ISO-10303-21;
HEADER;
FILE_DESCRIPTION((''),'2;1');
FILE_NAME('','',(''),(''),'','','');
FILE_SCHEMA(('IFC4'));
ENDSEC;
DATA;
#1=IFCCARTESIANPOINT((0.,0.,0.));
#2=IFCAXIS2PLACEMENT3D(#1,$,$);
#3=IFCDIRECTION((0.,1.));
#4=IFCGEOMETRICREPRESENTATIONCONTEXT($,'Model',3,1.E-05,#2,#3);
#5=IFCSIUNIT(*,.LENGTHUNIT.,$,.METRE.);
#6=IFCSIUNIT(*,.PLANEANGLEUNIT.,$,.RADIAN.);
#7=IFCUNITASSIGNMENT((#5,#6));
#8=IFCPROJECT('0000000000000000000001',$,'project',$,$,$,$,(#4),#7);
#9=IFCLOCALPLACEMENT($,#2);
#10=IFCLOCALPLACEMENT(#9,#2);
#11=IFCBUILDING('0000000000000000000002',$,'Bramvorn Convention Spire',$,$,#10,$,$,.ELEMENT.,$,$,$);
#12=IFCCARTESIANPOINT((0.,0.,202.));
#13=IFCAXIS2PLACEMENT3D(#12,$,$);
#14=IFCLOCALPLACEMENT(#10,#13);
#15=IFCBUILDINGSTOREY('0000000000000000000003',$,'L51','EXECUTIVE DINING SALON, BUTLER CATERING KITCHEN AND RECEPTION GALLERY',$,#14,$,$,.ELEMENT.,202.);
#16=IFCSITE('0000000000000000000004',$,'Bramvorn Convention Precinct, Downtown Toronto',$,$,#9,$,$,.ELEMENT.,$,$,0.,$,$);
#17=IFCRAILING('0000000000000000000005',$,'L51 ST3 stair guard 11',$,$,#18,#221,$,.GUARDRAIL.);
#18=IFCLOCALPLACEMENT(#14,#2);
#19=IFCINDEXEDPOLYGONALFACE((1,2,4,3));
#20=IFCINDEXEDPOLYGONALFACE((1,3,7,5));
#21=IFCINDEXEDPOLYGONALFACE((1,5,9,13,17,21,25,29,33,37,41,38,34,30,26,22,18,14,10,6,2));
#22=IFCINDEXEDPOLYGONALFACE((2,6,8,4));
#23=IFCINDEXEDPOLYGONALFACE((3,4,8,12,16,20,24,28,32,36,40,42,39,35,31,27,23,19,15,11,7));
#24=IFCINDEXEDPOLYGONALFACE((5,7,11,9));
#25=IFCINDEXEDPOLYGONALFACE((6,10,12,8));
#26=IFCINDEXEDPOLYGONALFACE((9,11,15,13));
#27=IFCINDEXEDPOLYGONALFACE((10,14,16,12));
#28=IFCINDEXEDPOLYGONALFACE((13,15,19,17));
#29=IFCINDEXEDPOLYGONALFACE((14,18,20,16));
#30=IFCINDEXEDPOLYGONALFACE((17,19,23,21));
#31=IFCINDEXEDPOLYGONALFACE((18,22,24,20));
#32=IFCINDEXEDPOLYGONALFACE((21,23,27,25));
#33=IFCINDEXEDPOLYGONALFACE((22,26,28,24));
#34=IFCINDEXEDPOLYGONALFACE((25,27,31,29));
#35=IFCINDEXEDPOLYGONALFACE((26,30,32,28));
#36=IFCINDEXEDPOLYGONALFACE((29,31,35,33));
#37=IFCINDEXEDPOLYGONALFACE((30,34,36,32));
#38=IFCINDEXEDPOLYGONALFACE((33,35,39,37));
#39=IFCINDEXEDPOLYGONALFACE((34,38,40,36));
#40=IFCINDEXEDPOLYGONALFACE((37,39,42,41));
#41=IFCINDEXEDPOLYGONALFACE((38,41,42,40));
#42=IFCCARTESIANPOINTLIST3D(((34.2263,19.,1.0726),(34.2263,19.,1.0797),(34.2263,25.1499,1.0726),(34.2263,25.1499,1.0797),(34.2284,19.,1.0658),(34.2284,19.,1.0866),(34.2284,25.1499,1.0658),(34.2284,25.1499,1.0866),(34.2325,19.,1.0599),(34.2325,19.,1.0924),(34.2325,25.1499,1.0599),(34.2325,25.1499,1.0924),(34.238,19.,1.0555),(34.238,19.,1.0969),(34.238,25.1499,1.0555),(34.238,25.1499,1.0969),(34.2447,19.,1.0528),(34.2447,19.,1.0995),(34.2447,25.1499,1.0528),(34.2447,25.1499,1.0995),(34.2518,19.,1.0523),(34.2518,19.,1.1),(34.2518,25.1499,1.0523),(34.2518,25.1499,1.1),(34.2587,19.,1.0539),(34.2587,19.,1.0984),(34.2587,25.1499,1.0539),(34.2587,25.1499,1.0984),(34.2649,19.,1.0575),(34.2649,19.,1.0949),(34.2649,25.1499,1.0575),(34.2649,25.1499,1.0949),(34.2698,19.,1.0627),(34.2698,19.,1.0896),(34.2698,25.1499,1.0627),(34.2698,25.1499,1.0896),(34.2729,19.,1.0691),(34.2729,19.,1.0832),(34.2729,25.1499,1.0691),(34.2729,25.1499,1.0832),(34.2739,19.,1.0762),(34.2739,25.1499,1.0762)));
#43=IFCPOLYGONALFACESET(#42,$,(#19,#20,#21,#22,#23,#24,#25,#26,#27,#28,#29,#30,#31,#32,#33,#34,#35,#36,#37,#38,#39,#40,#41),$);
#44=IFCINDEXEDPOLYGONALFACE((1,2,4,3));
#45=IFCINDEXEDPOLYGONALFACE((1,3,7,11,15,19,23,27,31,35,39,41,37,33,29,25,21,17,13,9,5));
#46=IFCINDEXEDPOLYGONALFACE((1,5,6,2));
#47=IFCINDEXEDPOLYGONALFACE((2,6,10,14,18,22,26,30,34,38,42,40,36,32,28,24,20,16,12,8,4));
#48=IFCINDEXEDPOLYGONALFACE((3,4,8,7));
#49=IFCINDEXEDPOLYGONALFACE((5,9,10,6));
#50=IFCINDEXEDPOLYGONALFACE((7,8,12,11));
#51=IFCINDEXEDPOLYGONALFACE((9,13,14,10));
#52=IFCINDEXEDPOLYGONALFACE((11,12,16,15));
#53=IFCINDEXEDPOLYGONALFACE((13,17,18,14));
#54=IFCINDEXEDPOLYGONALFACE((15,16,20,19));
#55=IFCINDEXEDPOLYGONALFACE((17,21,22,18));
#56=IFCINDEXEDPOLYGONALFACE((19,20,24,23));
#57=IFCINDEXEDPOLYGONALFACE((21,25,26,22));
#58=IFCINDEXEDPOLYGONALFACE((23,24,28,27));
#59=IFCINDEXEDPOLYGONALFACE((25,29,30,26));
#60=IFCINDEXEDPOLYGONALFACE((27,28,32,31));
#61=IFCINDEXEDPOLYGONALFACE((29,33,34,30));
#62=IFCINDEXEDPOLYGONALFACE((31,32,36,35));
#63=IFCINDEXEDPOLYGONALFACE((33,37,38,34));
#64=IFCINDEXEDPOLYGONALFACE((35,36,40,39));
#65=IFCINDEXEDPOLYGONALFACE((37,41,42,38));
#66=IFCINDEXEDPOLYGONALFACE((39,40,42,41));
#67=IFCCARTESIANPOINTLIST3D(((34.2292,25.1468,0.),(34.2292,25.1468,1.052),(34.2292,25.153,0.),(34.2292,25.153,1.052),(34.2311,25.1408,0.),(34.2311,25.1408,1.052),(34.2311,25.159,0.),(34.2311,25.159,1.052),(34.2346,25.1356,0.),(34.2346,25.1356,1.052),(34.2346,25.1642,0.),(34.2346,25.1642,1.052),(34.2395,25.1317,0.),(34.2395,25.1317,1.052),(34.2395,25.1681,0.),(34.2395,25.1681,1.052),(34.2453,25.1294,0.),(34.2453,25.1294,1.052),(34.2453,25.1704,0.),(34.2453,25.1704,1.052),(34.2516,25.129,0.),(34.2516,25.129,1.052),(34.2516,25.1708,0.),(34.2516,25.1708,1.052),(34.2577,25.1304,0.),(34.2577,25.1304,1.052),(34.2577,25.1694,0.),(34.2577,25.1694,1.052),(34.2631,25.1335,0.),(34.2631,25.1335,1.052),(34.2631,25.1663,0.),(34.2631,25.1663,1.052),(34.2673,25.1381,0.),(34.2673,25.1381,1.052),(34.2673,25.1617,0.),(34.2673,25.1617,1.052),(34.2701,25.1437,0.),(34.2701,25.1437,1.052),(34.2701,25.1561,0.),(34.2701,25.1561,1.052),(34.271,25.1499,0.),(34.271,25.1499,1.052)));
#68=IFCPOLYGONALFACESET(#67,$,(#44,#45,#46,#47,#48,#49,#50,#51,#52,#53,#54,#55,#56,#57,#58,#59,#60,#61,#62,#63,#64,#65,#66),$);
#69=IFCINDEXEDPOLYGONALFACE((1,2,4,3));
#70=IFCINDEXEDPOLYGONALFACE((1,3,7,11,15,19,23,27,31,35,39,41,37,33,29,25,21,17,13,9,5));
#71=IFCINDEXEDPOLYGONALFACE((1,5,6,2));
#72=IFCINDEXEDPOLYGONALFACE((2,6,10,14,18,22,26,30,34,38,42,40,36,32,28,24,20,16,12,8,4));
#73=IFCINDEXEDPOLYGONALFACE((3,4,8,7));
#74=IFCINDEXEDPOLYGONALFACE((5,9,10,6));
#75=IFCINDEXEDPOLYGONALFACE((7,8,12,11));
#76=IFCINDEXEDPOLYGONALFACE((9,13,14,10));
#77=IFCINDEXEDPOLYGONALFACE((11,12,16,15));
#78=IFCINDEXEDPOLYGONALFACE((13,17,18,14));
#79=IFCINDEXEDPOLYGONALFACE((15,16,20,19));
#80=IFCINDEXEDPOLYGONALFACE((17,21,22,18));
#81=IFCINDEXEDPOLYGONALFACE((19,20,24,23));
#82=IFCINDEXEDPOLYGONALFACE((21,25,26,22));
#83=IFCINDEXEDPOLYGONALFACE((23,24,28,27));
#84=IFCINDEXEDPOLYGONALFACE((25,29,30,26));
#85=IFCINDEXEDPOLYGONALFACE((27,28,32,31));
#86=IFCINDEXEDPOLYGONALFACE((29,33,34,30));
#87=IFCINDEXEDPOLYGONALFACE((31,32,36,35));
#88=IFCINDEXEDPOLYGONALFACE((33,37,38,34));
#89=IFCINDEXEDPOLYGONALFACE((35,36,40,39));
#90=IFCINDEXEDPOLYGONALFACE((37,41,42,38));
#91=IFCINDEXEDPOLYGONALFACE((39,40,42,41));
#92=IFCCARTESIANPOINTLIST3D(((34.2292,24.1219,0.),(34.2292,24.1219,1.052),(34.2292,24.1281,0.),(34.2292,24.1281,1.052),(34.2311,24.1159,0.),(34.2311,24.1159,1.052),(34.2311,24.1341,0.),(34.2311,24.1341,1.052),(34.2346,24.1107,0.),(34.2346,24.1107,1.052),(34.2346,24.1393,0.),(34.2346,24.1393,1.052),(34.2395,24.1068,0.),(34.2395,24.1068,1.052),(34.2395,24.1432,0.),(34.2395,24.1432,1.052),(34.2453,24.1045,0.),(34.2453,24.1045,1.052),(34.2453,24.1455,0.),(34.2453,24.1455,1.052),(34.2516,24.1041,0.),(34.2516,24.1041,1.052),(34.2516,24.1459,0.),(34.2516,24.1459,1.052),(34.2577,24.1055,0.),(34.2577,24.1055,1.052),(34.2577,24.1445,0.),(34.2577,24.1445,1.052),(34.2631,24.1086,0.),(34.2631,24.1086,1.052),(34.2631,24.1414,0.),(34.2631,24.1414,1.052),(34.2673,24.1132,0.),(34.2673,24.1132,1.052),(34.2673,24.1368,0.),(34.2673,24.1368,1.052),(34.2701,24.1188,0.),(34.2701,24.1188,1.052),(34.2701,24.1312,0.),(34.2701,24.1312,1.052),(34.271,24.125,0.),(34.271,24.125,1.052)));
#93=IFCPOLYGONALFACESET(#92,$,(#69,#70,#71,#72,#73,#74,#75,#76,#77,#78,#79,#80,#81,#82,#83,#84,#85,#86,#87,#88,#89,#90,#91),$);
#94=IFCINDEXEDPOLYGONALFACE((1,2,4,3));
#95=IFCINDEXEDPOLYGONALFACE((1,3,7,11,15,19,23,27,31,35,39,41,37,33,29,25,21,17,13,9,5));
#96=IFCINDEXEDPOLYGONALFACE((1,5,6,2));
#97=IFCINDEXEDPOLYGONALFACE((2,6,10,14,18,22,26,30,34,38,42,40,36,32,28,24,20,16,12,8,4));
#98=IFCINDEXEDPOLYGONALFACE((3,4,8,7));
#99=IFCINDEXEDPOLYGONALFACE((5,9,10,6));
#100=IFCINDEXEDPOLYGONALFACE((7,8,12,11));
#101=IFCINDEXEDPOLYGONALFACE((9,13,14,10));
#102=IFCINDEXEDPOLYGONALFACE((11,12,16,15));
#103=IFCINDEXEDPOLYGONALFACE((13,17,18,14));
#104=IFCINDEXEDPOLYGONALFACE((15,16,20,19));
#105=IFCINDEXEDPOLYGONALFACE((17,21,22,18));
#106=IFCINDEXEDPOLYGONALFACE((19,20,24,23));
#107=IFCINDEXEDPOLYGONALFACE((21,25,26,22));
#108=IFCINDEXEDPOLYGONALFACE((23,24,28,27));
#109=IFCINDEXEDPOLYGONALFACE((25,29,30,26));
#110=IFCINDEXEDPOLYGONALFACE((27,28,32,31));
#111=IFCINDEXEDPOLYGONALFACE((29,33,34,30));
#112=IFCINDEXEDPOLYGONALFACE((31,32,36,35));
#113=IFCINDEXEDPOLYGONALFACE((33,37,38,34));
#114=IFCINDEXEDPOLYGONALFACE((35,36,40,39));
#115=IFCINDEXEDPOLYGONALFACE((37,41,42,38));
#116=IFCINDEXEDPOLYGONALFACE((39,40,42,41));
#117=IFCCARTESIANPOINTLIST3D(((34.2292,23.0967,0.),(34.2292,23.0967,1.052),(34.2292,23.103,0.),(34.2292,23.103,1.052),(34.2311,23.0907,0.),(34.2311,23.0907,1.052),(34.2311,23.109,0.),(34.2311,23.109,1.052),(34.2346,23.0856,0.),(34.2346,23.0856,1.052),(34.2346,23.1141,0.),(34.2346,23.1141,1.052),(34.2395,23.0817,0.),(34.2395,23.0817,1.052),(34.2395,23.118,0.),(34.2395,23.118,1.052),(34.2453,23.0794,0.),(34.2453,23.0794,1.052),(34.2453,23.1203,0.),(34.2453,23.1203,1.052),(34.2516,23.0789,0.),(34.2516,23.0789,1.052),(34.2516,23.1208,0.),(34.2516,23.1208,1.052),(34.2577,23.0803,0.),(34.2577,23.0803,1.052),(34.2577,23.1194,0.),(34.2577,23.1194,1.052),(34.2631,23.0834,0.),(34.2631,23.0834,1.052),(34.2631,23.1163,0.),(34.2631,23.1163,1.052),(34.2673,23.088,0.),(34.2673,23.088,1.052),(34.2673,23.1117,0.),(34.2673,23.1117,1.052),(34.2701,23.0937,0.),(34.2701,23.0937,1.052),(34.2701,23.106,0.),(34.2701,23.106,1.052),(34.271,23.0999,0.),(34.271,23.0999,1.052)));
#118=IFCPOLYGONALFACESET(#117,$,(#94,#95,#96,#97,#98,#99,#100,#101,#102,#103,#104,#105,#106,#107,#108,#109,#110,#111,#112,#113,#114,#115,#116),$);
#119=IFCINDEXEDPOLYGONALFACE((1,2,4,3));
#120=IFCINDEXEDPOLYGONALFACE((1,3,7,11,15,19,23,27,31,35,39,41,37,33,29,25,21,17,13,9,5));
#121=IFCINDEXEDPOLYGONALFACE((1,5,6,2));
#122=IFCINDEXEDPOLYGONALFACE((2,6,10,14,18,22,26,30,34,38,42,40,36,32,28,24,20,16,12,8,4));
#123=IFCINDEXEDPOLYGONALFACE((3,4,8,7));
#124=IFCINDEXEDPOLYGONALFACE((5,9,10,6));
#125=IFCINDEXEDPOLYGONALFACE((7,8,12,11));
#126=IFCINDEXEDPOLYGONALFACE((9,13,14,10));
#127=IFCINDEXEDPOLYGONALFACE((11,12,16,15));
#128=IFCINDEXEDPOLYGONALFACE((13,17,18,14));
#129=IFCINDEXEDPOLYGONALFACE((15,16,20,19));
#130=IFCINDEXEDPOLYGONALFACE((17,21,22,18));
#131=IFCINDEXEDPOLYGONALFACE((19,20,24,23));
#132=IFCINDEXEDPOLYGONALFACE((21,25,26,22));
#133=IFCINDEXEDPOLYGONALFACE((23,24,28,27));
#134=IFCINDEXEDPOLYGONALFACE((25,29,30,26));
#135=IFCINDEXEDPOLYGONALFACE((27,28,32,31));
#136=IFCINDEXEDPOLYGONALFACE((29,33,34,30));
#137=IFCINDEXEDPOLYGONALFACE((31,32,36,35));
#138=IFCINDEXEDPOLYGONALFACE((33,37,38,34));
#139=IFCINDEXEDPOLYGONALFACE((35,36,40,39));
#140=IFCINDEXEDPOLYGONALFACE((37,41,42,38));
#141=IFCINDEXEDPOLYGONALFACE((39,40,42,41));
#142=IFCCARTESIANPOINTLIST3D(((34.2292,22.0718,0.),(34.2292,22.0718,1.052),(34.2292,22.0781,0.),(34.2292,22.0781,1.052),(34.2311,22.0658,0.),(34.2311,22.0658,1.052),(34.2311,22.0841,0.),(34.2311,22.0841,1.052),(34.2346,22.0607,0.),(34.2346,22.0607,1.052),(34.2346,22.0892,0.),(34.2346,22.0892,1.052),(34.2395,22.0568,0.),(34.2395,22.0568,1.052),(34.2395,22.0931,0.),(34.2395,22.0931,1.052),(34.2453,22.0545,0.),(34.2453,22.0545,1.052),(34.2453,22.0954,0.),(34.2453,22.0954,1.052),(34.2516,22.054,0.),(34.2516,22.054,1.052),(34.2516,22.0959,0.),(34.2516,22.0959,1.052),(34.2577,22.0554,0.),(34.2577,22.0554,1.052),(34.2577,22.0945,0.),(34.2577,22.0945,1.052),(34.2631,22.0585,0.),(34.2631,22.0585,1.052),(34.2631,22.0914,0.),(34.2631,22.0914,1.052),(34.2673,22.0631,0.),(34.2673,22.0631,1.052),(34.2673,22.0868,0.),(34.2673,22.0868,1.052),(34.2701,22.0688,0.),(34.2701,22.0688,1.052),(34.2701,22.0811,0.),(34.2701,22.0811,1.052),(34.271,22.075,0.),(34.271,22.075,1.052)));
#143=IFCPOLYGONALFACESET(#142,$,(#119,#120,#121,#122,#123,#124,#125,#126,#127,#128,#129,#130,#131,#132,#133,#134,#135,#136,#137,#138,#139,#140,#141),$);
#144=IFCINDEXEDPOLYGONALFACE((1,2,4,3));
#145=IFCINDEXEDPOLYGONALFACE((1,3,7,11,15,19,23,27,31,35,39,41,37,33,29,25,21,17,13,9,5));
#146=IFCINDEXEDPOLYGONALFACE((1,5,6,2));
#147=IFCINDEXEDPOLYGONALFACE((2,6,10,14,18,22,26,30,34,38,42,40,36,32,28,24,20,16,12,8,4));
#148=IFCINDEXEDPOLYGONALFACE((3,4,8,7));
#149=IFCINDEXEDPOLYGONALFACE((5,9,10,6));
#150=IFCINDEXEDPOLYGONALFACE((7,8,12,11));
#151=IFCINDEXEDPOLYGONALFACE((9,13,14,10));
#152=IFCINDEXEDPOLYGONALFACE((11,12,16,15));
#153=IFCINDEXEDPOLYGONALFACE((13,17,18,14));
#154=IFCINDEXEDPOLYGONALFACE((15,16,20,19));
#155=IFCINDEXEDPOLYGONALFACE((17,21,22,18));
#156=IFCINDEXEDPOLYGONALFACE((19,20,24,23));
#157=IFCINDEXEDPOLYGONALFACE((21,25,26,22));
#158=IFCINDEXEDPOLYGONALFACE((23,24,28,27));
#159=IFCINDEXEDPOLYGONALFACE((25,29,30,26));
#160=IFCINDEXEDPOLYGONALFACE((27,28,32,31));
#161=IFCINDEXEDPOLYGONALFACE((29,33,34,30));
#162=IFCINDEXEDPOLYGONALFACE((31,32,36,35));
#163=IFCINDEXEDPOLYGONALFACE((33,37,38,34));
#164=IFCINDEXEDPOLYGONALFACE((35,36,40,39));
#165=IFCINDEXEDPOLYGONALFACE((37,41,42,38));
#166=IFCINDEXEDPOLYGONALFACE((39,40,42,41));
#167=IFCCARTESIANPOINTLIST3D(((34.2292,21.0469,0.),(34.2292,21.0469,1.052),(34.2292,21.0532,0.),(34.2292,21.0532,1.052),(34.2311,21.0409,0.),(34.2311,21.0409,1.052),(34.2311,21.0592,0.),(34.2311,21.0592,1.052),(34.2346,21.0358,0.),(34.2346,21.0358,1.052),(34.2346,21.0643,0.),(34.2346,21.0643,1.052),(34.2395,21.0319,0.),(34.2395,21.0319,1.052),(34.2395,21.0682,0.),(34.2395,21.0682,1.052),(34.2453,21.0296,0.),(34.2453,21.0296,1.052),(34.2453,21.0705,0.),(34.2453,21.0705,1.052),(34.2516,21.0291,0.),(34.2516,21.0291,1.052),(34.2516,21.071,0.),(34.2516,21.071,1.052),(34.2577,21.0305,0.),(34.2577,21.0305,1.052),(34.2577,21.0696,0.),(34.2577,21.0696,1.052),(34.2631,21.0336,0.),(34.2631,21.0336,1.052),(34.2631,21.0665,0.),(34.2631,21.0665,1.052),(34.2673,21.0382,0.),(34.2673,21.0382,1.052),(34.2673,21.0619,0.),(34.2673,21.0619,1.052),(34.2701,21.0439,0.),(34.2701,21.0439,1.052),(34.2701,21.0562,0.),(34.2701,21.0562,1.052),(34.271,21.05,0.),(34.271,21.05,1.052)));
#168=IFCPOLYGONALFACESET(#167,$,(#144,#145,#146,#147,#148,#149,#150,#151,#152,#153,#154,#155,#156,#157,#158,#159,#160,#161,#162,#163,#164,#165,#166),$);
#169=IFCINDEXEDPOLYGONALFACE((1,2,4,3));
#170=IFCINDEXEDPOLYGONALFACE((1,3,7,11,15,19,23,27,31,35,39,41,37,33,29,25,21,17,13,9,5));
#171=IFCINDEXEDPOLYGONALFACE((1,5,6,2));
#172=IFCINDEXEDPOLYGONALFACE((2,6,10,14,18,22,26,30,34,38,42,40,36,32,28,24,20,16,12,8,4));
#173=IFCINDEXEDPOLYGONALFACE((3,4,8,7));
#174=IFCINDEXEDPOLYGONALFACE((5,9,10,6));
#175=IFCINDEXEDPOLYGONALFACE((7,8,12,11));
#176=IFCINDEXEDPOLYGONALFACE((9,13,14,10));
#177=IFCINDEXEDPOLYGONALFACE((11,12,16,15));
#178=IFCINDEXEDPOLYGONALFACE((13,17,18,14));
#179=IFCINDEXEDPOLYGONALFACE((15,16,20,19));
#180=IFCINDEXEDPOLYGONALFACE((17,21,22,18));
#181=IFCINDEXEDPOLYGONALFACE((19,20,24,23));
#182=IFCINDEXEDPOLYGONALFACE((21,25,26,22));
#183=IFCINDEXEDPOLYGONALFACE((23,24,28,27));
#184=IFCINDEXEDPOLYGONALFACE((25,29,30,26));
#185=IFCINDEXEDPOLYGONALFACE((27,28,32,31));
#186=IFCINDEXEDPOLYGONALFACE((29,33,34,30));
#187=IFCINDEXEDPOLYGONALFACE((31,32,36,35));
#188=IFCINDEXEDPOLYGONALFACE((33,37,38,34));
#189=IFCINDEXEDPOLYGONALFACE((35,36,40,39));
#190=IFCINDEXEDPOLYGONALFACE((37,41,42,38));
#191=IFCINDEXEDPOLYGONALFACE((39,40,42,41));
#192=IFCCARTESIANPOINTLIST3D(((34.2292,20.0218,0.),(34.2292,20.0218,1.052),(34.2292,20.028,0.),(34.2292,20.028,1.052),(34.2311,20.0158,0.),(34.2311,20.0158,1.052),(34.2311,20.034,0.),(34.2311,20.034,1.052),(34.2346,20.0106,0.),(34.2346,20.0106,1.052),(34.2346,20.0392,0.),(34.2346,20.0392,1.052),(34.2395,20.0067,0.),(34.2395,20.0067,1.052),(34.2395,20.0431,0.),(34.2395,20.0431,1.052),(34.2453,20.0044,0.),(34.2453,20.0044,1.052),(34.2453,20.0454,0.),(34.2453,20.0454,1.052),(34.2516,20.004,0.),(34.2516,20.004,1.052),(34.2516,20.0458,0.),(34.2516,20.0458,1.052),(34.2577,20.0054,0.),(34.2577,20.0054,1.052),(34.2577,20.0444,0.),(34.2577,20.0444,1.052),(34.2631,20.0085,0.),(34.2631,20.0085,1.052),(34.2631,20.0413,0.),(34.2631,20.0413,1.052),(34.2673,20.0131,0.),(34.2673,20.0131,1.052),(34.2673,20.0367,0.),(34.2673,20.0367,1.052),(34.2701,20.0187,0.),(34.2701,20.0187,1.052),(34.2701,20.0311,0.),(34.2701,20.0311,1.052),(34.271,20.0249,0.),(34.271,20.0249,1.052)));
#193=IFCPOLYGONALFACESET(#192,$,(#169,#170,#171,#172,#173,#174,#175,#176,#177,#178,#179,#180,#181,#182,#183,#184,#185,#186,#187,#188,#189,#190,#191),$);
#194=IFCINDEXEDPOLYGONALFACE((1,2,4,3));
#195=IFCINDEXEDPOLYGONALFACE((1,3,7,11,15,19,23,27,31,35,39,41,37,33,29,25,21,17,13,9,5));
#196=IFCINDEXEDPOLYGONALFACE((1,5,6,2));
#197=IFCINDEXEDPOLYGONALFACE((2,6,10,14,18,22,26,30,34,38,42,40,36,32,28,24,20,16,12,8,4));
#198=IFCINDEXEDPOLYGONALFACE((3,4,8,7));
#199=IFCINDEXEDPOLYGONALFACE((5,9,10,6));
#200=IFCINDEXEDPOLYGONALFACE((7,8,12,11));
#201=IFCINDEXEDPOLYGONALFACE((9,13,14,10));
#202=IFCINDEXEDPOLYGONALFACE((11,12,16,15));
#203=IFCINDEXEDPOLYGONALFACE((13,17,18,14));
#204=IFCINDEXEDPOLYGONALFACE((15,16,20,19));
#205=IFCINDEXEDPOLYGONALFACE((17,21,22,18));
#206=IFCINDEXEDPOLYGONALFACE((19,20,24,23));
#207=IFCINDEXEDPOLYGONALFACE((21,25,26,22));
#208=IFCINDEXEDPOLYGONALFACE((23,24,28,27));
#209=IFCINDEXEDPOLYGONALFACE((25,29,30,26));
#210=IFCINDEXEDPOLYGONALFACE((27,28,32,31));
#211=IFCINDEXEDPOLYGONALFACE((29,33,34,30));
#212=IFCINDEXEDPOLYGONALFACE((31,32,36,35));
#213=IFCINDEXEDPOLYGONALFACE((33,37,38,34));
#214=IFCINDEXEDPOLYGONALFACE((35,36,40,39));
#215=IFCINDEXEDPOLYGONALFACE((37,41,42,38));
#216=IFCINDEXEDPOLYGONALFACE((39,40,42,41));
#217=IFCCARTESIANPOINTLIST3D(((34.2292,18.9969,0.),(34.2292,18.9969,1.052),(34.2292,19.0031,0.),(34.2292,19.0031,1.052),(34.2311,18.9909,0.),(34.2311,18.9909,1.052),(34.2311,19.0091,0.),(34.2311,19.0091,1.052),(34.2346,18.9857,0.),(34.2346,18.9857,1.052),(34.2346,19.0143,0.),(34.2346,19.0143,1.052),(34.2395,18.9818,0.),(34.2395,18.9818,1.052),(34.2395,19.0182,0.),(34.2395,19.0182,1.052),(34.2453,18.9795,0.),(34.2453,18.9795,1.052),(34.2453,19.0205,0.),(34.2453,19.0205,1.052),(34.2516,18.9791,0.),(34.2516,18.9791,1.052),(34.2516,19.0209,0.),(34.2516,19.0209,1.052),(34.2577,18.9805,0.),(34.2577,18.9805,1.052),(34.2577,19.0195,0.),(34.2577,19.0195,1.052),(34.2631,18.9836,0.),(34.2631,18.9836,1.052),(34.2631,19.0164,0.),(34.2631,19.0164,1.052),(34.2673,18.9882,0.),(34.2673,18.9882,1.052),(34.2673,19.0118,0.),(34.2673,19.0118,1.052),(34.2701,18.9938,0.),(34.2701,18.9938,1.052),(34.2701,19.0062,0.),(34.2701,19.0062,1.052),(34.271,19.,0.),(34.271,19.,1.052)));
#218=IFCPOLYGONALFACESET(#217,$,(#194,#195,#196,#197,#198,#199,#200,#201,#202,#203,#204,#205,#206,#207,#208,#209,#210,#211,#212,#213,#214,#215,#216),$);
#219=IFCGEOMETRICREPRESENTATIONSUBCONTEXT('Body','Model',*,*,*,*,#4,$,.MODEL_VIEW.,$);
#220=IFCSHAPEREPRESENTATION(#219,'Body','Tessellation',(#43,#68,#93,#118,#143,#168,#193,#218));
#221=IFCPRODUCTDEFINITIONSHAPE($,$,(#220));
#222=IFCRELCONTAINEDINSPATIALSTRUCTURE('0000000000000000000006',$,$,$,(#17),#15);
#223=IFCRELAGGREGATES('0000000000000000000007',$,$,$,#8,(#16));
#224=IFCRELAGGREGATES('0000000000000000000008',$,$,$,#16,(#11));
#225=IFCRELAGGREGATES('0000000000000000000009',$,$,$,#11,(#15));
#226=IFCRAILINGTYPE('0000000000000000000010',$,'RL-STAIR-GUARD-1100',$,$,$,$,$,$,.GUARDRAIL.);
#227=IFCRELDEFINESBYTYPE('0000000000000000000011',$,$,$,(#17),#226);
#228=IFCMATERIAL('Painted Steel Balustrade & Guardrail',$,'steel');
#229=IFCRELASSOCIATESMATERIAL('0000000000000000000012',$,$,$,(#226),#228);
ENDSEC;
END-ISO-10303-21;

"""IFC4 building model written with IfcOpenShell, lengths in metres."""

from ifc_helpers import new_model, si_unit, direction, frame, origin, origin_2d, place, context, subcontext, project, spatial, circle, extrude, material, type_object, element, save


model = new_model("IFC4")

# Units and contexts
model_context = context("Model", 3, precision=1e-05, world=origin(), true_north=direction((0.0, 1.0)))
body_context = subcontext(model_context, "Body", "Model", "MODEL_VIEW")
ifc_project = project(units=[si_unit("LENGTHUNIT", "METRE"), si_unit("PLANEANGLEUNIT", "RADIAN")], contexts=[model_context])

# Site, building, storey
site_placement = place(None, origin())
site = spatial("IfcSite", under=ifc_project, at=site_placement, Name="Bramvorn Convention Precinct, Downtown Toronto", CompositionType="ELEMENT", RefElevation=0.0)
building_placement = place(site_placement, origin())
building = spatial("IfcBuilding", under=site, at=building_placement, Name="Bramvorn Convention Spire", CompositionType="ELEMENT")
storey_placement = place(building_placement, frame((0.0, 0.0, 202.0)))
storey = spatial("IfcBuildingStorey", under=building, at=storey_placement, Name="L51", Description="EXECUTIVE DINING SALON, BUTLER CATERING KITCHEN AND RECEPTION GALLERY", CompositionType="ELEMENT", Elevation=202.0)

# Railing
ifc_material_1 = material(Name="Painted Steel Balustrade & Guardrail", Category="steel")
railing_type_1 = type_object("IfcRailingType", Name="RL-STAIR-GUARD-1100", PredefinedType="GUARDRAIL", material=ifc_material_1)
railing_1_placement = place(storey_placement, frame((34.25, 25.1499, 0.0)))
element("IfcRailing", 1, at=railing_1_placement, inside=storey, type_object=railing_type_1, Name="L51 ST3 stair guard 11", PredefinedType="GUARDRAIL", context=body_context, shape_type="SweptSolid", body=[
    extrude(circle(Radius=0.0239, at=origin_2d()), frame((0.0, 0.0, 1.0762), z_axis=(0.0, -1.0, 0.0), x_axis=(1.0, 0.0, 0.0)), (0.0, 0.0, 1.0), 6.1499),
    extrude(circle(Radius=0.021, at=origin_2d()), origin(), (0.0, 0.0, 1.0), 1.052),
    extrude(circle(Radius=0.021, at=origin_2d()), frame((0.0, -1.0249, 0.0)), (0.0, 0.0, 1.0), 1.052),
    extrude(circle(Radius=0.021, at=origin_2d()), frame((0.0, -2.05, 0.0)), (0.0, 0.0, 1.0), 1.052),
    extrude(circle(Radius=0.021, at=origin_2d()), frame((0.0, -3.075, 0.0)), (0.0, 0.0, 1.0), 1.052),
    extrude(circle(Radius=0.021, at=origin_2d()), frame((0.0, -4.0999, 0.0)), (0.0, 0.0, 1.0), 1.052),
    extrude(circle(Radius=0.021, at=origin_2d()), frame((0.0, -5.125, 0.0)), (0.0, 0.0, 1.0), 1.052),
    extrude(circle(Radius=0.021, at=origin_2d()), frame((0.0, -6.1499, 0.0)), (0.0, 0.0, 1.0), 1.052),
])

save(model, "model.ifc")
